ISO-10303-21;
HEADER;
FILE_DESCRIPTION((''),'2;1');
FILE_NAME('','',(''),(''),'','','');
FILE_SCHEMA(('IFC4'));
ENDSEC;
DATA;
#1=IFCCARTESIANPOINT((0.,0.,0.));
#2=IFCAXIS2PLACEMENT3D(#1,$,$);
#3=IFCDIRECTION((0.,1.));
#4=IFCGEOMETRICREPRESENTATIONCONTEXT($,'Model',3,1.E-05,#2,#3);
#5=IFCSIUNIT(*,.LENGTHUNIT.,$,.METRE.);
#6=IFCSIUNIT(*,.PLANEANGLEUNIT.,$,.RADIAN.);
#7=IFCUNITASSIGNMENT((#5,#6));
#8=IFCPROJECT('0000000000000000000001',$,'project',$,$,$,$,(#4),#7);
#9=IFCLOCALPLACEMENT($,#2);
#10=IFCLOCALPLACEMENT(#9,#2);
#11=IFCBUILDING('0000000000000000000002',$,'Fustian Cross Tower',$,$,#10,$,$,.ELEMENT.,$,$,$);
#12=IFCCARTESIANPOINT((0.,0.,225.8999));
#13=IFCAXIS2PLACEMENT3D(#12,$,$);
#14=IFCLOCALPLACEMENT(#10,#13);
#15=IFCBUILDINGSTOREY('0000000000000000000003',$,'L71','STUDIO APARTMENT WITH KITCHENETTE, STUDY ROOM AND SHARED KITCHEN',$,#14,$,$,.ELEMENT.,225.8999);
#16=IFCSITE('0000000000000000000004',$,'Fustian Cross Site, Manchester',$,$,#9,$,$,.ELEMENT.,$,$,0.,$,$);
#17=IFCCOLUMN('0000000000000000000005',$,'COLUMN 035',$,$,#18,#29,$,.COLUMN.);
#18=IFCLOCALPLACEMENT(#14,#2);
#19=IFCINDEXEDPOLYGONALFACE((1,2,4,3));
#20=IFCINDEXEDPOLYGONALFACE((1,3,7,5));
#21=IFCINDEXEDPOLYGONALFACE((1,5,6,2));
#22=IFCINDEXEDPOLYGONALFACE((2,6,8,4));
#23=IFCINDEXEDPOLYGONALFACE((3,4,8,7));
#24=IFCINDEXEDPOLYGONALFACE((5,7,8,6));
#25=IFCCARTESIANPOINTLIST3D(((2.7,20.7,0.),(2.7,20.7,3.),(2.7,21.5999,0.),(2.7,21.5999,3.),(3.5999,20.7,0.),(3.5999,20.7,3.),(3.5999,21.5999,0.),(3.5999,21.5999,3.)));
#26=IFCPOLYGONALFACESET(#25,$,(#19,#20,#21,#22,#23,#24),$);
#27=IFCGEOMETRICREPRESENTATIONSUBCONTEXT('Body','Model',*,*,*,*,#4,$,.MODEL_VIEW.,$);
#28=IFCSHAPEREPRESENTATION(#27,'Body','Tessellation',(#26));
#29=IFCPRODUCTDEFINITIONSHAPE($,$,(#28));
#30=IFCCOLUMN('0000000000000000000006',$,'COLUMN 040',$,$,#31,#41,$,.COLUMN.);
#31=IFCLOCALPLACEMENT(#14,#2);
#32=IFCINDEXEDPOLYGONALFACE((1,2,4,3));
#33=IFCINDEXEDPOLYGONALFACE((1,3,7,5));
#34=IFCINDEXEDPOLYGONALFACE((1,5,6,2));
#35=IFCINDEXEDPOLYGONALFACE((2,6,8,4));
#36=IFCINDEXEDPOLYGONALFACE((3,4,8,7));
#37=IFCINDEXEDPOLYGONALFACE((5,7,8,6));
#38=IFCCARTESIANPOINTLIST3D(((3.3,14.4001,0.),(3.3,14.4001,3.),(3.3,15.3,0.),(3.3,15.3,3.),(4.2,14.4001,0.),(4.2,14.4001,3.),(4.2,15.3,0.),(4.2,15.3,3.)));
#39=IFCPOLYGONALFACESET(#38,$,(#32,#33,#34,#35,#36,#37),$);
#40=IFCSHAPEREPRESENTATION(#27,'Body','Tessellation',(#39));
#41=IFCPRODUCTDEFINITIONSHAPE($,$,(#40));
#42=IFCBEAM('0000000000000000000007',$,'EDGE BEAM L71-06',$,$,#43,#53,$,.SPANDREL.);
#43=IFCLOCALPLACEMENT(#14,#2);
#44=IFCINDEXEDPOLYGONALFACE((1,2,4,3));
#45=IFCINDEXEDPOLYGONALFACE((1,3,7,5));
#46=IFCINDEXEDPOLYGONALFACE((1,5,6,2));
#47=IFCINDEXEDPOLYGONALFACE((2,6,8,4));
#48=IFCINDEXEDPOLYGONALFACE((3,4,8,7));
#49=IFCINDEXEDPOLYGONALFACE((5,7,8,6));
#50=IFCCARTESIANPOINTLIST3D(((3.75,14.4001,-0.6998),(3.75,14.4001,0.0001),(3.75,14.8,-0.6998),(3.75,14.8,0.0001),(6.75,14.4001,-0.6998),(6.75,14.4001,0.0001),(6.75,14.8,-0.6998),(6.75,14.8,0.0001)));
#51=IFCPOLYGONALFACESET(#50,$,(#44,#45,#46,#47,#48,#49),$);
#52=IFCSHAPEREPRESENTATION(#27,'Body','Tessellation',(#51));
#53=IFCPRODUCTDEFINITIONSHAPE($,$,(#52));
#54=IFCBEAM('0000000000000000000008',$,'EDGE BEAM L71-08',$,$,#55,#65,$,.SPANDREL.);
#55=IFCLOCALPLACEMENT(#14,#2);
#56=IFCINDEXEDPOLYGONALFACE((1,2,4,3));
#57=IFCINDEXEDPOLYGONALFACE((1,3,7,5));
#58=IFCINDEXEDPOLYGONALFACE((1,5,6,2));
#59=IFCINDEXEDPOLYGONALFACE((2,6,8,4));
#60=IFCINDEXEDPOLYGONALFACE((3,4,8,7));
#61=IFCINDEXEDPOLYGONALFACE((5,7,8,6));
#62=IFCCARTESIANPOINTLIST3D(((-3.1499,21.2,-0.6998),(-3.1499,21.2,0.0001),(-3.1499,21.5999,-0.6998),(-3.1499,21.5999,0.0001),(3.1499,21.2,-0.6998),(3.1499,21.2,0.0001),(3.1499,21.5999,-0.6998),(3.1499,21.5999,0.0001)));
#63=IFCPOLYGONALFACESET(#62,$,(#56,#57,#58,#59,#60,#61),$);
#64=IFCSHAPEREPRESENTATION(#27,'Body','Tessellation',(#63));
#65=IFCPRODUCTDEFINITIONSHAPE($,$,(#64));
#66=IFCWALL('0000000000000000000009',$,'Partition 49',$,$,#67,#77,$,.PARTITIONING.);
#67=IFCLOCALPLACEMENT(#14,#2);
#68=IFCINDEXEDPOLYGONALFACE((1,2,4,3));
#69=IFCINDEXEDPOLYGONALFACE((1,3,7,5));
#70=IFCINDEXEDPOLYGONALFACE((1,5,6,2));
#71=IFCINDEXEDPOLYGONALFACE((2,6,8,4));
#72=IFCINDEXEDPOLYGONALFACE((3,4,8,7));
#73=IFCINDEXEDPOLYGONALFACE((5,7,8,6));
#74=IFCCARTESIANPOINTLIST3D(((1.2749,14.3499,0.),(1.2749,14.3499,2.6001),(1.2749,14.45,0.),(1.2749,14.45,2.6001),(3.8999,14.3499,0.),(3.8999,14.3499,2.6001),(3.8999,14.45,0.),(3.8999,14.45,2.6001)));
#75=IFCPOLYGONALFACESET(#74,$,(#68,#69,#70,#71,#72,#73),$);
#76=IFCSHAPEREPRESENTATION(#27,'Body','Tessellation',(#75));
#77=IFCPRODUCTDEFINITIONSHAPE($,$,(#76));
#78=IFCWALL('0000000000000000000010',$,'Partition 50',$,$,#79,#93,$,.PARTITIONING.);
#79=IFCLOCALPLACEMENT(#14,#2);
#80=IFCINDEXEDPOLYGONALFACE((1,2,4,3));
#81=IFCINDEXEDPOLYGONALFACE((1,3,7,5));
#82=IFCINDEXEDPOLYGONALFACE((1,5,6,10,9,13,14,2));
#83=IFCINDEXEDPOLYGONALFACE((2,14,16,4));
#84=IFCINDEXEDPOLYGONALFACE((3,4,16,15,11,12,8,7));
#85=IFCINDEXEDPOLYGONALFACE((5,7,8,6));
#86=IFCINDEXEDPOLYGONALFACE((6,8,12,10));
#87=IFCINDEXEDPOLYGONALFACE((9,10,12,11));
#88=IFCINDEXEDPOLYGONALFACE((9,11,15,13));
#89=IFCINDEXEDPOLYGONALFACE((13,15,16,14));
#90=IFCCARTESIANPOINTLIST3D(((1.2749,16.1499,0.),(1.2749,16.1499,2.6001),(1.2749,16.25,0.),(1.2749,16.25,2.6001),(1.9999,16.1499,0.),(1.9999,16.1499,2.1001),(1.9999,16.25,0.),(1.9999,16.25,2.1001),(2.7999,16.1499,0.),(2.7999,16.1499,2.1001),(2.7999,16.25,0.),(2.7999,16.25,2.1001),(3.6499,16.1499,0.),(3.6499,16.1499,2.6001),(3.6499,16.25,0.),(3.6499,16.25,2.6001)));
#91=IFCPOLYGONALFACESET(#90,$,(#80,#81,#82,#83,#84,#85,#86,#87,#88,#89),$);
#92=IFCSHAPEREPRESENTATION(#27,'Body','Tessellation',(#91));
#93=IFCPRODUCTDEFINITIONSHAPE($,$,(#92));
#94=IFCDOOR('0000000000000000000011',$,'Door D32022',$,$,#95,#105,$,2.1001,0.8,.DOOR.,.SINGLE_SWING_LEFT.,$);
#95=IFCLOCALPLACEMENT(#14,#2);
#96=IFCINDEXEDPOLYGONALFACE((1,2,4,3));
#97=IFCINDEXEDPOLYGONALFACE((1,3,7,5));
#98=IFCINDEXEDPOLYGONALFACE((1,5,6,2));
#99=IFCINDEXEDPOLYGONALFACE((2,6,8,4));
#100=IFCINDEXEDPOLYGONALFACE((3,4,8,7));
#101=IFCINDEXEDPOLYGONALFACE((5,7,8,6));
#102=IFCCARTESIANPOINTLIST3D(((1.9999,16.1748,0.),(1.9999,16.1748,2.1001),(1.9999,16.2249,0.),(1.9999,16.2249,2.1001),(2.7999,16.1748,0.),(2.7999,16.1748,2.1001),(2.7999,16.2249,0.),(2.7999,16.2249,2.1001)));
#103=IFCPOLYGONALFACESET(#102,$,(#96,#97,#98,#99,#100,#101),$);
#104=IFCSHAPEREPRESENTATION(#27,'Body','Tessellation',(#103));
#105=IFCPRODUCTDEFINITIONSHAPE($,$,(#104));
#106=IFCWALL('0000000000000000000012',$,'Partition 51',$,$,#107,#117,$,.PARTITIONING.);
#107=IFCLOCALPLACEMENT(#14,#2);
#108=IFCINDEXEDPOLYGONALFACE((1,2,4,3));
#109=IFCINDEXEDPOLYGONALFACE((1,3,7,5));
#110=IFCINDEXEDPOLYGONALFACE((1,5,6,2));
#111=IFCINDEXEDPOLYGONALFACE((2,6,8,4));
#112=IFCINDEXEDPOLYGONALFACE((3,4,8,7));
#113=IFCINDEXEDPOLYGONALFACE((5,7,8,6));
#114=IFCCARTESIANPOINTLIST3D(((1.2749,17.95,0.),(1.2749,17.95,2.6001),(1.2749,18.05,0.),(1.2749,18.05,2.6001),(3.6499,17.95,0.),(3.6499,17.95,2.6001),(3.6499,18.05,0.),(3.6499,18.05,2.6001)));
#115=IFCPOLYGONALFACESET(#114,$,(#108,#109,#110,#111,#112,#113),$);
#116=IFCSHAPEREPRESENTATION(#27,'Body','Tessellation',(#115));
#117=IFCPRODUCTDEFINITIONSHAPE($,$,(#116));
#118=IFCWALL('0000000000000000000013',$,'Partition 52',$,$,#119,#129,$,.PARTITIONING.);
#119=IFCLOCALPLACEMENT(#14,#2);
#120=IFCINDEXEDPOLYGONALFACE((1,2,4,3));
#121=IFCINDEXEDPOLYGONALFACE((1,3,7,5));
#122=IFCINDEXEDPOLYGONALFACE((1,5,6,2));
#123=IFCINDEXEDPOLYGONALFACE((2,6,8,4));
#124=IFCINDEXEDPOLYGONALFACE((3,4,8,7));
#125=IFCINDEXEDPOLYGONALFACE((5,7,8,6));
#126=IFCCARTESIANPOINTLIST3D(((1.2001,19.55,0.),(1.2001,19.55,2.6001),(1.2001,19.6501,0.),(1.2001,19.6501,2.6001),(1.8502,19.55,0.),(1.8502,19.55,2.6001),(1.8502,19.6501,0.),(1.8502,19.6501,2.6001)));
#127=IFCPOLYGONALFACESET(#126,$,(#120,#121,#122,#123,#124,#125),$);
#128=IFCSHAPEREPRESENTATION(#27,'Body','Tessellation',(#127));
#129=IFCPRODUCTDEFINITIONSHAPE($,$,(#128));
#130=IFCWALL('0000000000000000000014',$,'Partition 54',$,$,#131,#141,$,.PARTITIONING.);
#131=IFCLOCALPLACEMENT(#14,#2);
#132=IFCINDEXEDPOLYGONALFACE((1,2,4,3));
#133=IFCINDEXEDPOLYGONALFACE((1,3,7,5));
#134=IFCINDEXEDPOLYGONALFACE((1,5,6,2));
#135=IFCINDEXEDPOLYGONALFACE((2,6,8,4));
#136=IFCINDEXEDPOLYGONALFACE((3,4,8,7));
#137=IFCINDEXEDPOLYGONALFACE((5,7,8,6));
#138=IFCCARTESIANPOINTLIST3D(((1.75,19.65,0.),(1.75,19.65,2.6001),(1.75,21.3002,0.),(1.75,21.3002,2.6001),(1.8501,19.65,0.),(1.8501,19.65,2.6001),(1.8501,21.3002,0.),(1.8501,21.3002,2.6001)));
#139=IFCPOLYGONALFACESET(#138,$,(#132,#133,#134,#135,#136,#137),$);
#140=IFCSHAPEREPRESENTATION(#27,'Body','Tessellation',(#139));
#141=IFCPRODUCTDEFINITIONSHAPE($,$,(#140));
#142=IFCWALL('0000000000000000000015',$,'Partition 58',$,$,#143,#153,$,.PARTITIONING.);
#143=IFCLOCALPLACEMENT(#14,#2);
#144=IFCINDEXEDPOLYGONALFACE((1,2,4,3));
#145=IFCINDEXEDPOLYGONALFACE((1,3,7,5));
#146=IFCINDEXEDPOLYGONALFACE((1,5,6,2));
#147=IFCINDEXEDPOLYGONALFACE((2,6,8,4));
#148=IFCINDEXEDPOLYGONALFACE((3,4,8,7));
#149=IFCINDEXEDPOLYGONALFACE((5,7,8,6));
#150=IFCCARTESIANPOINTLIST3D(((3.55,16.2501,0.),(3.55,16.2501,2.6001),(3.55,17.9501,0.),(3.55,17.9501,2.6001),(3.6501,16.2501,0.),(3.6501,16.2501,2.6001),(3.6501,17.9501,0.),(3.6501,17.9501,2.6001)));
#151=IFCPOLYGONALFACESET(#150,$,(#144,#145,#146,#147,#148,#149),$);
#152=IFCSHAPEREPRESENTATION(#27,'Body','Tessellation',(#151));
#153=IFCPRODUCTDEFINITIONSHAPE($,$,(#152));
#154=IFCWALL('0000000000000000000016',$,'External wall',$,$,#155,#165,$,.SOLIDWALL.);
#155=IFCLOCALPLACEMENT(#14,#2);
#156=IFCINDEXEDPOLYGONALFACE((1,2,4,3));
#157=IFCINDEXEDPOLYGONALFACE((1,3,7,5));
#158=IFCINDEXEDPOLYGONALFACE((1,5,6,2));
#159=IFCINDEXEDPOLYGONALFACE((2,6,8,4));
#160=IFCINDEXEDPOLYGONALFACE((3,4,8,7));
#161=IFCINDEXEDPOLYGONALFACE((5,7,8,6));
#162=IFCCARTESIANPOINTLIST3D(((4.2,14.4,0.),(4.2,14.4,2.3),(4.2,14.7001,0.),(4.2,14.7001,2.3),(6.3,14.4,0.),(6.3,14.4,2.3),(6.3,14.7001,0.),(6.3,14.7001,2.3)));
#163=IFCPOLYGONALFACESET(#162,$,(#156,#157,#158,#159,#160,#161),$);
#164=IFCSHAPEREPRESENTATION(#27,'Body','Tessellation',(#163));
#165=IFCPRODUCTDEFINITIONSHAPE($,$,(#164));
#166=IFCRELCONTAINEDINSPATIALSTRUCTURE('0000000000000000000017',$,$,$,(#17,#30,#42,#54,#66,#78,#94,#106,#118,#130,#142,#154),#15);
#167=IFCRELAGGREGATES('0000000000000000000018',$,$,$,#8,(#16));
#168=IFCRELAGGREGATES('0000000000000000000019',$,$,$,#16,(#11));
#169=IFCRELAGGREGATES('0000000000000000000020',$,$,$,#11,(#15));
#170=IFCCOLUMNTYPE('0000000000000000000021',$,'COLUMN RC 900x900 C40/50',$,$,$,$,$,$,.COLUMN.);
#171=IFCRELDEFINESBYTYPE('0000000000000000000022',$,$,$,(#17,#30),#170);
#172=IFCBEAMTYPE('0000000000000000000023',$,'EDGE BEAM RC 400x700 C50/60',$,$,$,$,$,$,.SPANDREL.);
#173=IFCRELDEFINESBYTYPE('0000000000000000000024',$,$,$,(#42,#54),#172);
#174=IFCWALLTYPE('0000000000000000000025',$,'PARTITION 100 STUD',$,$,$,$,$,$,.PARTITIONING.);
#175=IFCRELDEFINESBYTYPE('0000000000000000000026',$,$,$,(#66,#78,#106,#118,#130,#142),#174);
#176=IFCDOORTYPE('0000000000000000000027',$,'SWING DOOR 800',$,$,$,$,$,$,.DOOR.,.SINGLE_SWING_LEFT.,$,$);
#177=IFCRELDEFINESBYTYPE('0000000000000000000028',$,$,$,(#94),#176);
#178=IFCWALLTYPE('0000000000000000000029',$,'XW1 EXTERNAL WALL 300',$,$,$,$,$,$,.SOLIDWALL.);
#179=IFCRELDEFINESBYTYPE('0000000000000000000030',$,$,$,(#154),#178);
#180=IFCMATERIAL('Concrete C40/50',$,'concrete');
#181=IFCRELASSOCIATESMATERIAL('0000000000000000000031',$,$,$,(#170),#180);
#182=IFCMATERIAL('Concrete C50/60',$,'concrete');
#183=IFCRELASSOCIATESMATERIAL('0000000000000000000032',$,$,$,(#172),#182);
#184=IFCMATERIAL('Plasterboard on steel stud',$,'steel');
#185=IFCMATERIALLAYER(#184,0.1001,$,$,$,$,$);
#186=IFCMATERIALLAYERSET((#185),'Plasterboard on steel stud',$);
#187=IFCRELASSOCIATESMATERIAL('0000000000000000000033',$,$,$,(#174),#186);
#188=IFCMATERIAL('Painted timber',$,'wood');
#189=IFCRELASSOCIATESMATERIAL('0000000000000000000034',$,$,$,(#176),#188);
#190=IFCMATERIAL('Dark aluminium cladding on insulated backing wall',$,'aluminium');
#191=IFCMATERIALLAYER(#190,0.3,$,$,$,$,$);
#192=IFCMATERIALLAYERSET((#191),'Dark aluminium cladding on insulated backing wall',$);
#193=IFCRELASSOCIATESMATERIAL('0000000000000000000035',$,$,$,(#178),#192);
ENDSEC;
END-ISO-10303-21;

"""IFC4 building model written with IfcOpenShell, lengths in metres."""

from ifc_helpers import new_model, si_unit, direction, frame, frame_2d, origin, origin_2d, place, context, subcontext, project, spatial, rectangle, extrude, material, layer, layer_set, material_profile, profile_set, type_object, element, fill, save


model = new_model("IFC4")

# Units and contexts
model_context = context("Model", 3, precision=1e-05, world=origin(), true_north=direction((0.0, 1.0)))
body_context = subcontext(model_context, "Body", "Model", "MODEL_VIEW")
ifc_project = project(units=[si_unit("LENGTHUNIT", "METRE"), si_unit("PLANEANGLEUNIT", "RADIAN")], contexts=[model_context])

# Site, building, storey
site_placement = place(None, origin())
site = spatial("IfcSite", under=ifc_project, at=site_placement, Name="Fustian Cross Site, Manchester", CompositionType="ELEMENT", RefElevation=0.0)
building_placement = place(site_placement, origin())
building = spatial("IfcBuilding", under=site, at=building_placement, Name="Fustian Cross Tower", CompositionType="ELEMENT")
storey_placement = place(building_placement, frame((0.0, 0.0, 225.8999)))
storey = spatial("IfcBuildingStorey", under=building, at=storey_placement, Name="L71", Description="STUDIO APARTMENT WITH KITCHENETTE, STUDY ROOM AND SHARED KITCHEN", CompositionType="ELEMENT", Elevation=225.8999)

# Columns
ifc_material_1 = material(Name="Concrete C40/50", Category="concrete")
ifc_material_profile_1 = material_profile(ifc_material_1, rectangle(XDim=0.8999, YDim=0.8999, at=origin_2d()), Name="RC 900x900")
ifc_profile_set_1 = profile_set([ifc_material_profile_1], Name="Concrete C40/50")
column_type = type_object("IfcColumnType", Name="COLUMN RC 900x900 C40/50", PredefinedType="COLUMN", material=ifc_profile_set_1)
for number, where, z_axis, x_axis, name in (
    (1, (3.1499, 21.1499, 0.0), (0.0, 0.0, 1.0), (1.0, 0.0, 0.0), "COLUMN 035"),
    (2, (3.75, 14.8501, 0.0), (0.0, 0.0, 1.0), (1.0, 0.0, 0.0), "COLUMN 040"),
):
    element("IfcColumn", number, at=place(storey_placement, frame(where, z_axis=z_axis, x_axis=x_axis)), inside=storey, type_object=column_type, Name=name, PredefinedType="COLUMN", context=body_context, shape_type="SweptSolid", body=[
        extrude(rectangle(XDim=0.8999, YDim=0.8999, at=origin_2d()), origin(), (0.0, 0.0, 1.0), 3.0),
    ])

# Beams
ifc_material_2 = material(Name="Concrete C50/60", Category="concrete")
ifc_material_profile_2 = material_profile(ifc_material_2, rectangle(XDim=0.3999, YDim=0.7, at=origin_2d()), Name="RC 400x700")
ifc_profile_set_2 = profile_set([ifc_material_profile_2], Name="Concrete C50/60")
beam_type = type_object("IfcBeamType", Name="EDGE BEAM RC 400x700 C50/60", PredefinedType="SPANDREL", material=ifc_profile_set_2)
beam_1_placement = place(storey_placement, frame((3.75, 14.6001, -0.3499), z_axis=(1.0, 0.0, 0.0), x_axis=(0.0, 1.0, 0.0)))
element("IfcBeam", 3, at=beam_1_placement, inside=storey, type_object=beam_type, Name="EDGE BEAM L71-06", PredefinedType="SPANDREL", context=body_context, shape_type="SweptSolid", body=[
    extrude(rectangle(XDim=0.3999, YDim=0.7, at=origin_2d()), origin(), (0.0, 0.0, 1.0), 3.0),
])
beam_2_placement = place(storey_placement, frame((3.1499, 21.3999, -0.3499), z_axis=(-1.0, 0.0, 0.0), x_axis=(0.0, -1.0, 0.0)))
element("IfcBeam", 4, at=beam_2_placement, inside=storey, type_object=beam_type, Name="EDGE BEAM L71-08", PredefinedType="SPANDREL", context=body_context, shape_type="SweptSolid", body=[
    extrude(rectangle(XDim=0.3999, YDim=0.7, at=origin_2d()), origin(), (0.0, 0.0, 1.0), 6.2998),
])

# Wall
ifc_material_3 = material(Name="Plasterboard on steel stud", Category="steel")
ifc_layer_1 = layer(ifc_material_3, 0.1001)
ifc_layer_set_1 = layer_set([ifc_layer_1], Name="Plasterboard on steel stud")
wall_type_1 = type_object("IfcWallType", Name="PARTITION 100 STUD", PredefinedType="PARTITIONING", material=ifc_layer_set_1)
wall_1_placement = place(storey_placement, frame((1.2749, 14.3999, 0.0), z_axis=(0.0, 0.0, 1.0), x_axis=(1.0, 0.0, 0.0)))
element("IfcWall", 5, at=wall_1_placement, inside=storey, type_object=wall_type_1, Name="Partition 49", PredefinedType="PARTITIONING", context=body_context, shape_type="SweptSolid", body=[
    extrude(rectangle(XDim=2.625, YDim=0.1001, at=frame_2d((1.3125, 0.0))), origin(), (0.0, 0.0, 1.0), 2.6001),
])

# Wall, opening, door
wall_2_placement = place(storey_placement, frame((1.2749, 16.2, 0.0), z_axis=(0.0, 0.0, 1.0), x_axis=(1.0, 0.0, 0.0)))
wall_2 = element("IfcWall", 6, at=wall_2_placement, inside=storey, type_object=wall_type_1, Name="Partition 50", PredefinedType="PARTITIONING", context=body_context, shape_type="SweptSolid", body=[
    extrude(rectangle(XDim=2.375, YDim=0.1001, at=frame_2d((1.1875, 0.0))), origin(), (0.0, 0.0, 1.0), 2.6001),
])
opening_1_placement = place(wall_2_placement, frame((0.7251, 0.0, 0.0)))
opening_1 = element("IfcOpeningElement", 7, at=opening_1_placement, cuts=wall_2, PredefinedType="OPENING", context=body_context, shape_type="SweptSolid", body=[
    extrude(rectangle(XDim=0.8, YDim=2.1001, at=frame_2d((0.3999, 1.05))), frame((0.0, 0.0601, 0.0), z_axis=(0.0, -1.0, 0.0), x_axis=(1.0, 0.0, 0.0)), (0.0, 0.0, 1.0), 0.1201),
])
ifc_material_4 = material(Name="Painted timber", Category="wood")
door_type = type_object("IfcDoorType", Name="SWING DOOR 800", OperationType="SINGLE_SWING_LEFT", PredefinedType="DOOR", material=ifc_material_4)
door_placement = place(opening_1_placement, origin())
door = element("IfcDoor", 8, at=door_placement, inside=storey, type_object=door_type, Name="Door D32022", OperationType="SINGLE_SWING_LEFT", OverallHeight=2.1001, OverallWidth=0.8, PredefinedType="DOOR", context=body_context, shape_type="SweptSolid", body=[
    extrude(rectangle(XDim=0.8, YDim=2.1001, at=frame_2d((0.3999, 1.05))), frame((0.0, 0.0249, 0.0), z_axis=(0.0, -1.0, 0.0), x_axis=(1.0, 0.0, 0.0)), (0.0, 0.0, 1.0), 0.05),
])
fill(opening_1, door)

# Walls
wall_3_placement = place(storey_placement, frame((1.2749, 18.0, 0.0), z_axis=(0.0, 0.0, 1.0), x_axis=(1.0, 0.0, 0.0)))
element("IfcWall", 9, at=wall_3_placement, inside=storey, type_object=wall_type_1, Name="Partition 51", PredefinedType="PARTITIONING", context=body_context, shape_type="SweptSolid", body=[
    extrude(rectangle(XDim=2.375, YDim=0.1001, at=frame_2d((1.1875, 0.0))), origin(), (0.0, 0.0, 1.0), 2.6001),
])
wall_4_placement = place(storey_placement, frame((1.2, 19.6001, 0.0), z_axis=(0.0, 0.0, 1.0), x_axis=(1.0, 0.0, 0.0)))
element("IfcWall", 10, at=wall_4_placement, inside=storey, type_object=wall_type_1, Name="Partition 52", PredefinedType="PARTITIONING", context=body_context, shape_type="SweptSolid", body=[
    extrude(rectangle(XDim=0.6501, YDim=0.1001, at=frame_2d((0.3252, 0.0))), origin(), (0.0, 0.0, 1.0), 2.6001),
])
wall_5_placement = place(storey_placement, frame((1.8, 19.6499, 0.0), z_axis=(0.0, 0.0, 1.0), x_axis=(0.0, 1.0, 0.0)))
element("IfcWall", 11, at=wall_5_placement, inside=storey, type_object=wall_type_1, Name="Partition 54", PredefinedType="PARTITIONING", context=body_context, shape_type="SweptSolid", body=[
    extrude(rectangle(XDim=1.6501, YDim=0.1001, at=frame_2d((0.8252, 0.0))), origin(), (0.0, 0.0, 1.0), 2.6001),
])
wall_6_placement = place(storey_placement, frame((3.6001, 16.25, 0.0), z_axis=(0.0, 0.0, 1.0), x_axis=(0.0, 1.0, 0.0)))
element("IfcWall", 12, at=wall_6_placement, inside=storey, type_object=wall_type_1, Name="Partition 58", PredefinedType="PARTITIONING", context=body_context, shape_type="SweptSolid", body=[
    extrude(rectangle(XDim=1.7, YDim=0.1001, at=frame_2d((0.8501, 0.0))), origin(), (0.0, 0.0, 1.0), 2.6001),
])
ifc_material_5 = material(Name="Dark aluminium cladding on insulated backing wall", Category="aluminium")
ifc_layer_2 = layer(ifc_material_5, 0.3)
ifc_layer_set_2 = layer_set([ifc_layer_2], Name="Dark aluminium cladding on insulated backing wall")
wall_type_2 = type_object("IfcWallType", Name="XW1 EXTERNAL WALL 300", PredefinedType="SOLIDWALL", material=ifc_layer_set_2)
wall_7_placement = place(storey_placement, frame((4.2, 14.55, 0.0), z_axis=(0.0, 0.0, 1.0), x_axis=(1.0, 0.0, 0.0)))
element("IfcWall", 13, at=wall_7_placement, inside=storey, type_object=wall_type_2, Name="External wall", PredefinedType="SOLIDWALL", context=body_context, shape_type="SweptSolid", body=[
    extrude(rectangle(XDim=2.1001, YDim=0.3, at=frame_2d((1.05, 0.0))), origin(), (0.0, 0.0, 1.0), 2.3),
])

save(model, "model.ifc")
